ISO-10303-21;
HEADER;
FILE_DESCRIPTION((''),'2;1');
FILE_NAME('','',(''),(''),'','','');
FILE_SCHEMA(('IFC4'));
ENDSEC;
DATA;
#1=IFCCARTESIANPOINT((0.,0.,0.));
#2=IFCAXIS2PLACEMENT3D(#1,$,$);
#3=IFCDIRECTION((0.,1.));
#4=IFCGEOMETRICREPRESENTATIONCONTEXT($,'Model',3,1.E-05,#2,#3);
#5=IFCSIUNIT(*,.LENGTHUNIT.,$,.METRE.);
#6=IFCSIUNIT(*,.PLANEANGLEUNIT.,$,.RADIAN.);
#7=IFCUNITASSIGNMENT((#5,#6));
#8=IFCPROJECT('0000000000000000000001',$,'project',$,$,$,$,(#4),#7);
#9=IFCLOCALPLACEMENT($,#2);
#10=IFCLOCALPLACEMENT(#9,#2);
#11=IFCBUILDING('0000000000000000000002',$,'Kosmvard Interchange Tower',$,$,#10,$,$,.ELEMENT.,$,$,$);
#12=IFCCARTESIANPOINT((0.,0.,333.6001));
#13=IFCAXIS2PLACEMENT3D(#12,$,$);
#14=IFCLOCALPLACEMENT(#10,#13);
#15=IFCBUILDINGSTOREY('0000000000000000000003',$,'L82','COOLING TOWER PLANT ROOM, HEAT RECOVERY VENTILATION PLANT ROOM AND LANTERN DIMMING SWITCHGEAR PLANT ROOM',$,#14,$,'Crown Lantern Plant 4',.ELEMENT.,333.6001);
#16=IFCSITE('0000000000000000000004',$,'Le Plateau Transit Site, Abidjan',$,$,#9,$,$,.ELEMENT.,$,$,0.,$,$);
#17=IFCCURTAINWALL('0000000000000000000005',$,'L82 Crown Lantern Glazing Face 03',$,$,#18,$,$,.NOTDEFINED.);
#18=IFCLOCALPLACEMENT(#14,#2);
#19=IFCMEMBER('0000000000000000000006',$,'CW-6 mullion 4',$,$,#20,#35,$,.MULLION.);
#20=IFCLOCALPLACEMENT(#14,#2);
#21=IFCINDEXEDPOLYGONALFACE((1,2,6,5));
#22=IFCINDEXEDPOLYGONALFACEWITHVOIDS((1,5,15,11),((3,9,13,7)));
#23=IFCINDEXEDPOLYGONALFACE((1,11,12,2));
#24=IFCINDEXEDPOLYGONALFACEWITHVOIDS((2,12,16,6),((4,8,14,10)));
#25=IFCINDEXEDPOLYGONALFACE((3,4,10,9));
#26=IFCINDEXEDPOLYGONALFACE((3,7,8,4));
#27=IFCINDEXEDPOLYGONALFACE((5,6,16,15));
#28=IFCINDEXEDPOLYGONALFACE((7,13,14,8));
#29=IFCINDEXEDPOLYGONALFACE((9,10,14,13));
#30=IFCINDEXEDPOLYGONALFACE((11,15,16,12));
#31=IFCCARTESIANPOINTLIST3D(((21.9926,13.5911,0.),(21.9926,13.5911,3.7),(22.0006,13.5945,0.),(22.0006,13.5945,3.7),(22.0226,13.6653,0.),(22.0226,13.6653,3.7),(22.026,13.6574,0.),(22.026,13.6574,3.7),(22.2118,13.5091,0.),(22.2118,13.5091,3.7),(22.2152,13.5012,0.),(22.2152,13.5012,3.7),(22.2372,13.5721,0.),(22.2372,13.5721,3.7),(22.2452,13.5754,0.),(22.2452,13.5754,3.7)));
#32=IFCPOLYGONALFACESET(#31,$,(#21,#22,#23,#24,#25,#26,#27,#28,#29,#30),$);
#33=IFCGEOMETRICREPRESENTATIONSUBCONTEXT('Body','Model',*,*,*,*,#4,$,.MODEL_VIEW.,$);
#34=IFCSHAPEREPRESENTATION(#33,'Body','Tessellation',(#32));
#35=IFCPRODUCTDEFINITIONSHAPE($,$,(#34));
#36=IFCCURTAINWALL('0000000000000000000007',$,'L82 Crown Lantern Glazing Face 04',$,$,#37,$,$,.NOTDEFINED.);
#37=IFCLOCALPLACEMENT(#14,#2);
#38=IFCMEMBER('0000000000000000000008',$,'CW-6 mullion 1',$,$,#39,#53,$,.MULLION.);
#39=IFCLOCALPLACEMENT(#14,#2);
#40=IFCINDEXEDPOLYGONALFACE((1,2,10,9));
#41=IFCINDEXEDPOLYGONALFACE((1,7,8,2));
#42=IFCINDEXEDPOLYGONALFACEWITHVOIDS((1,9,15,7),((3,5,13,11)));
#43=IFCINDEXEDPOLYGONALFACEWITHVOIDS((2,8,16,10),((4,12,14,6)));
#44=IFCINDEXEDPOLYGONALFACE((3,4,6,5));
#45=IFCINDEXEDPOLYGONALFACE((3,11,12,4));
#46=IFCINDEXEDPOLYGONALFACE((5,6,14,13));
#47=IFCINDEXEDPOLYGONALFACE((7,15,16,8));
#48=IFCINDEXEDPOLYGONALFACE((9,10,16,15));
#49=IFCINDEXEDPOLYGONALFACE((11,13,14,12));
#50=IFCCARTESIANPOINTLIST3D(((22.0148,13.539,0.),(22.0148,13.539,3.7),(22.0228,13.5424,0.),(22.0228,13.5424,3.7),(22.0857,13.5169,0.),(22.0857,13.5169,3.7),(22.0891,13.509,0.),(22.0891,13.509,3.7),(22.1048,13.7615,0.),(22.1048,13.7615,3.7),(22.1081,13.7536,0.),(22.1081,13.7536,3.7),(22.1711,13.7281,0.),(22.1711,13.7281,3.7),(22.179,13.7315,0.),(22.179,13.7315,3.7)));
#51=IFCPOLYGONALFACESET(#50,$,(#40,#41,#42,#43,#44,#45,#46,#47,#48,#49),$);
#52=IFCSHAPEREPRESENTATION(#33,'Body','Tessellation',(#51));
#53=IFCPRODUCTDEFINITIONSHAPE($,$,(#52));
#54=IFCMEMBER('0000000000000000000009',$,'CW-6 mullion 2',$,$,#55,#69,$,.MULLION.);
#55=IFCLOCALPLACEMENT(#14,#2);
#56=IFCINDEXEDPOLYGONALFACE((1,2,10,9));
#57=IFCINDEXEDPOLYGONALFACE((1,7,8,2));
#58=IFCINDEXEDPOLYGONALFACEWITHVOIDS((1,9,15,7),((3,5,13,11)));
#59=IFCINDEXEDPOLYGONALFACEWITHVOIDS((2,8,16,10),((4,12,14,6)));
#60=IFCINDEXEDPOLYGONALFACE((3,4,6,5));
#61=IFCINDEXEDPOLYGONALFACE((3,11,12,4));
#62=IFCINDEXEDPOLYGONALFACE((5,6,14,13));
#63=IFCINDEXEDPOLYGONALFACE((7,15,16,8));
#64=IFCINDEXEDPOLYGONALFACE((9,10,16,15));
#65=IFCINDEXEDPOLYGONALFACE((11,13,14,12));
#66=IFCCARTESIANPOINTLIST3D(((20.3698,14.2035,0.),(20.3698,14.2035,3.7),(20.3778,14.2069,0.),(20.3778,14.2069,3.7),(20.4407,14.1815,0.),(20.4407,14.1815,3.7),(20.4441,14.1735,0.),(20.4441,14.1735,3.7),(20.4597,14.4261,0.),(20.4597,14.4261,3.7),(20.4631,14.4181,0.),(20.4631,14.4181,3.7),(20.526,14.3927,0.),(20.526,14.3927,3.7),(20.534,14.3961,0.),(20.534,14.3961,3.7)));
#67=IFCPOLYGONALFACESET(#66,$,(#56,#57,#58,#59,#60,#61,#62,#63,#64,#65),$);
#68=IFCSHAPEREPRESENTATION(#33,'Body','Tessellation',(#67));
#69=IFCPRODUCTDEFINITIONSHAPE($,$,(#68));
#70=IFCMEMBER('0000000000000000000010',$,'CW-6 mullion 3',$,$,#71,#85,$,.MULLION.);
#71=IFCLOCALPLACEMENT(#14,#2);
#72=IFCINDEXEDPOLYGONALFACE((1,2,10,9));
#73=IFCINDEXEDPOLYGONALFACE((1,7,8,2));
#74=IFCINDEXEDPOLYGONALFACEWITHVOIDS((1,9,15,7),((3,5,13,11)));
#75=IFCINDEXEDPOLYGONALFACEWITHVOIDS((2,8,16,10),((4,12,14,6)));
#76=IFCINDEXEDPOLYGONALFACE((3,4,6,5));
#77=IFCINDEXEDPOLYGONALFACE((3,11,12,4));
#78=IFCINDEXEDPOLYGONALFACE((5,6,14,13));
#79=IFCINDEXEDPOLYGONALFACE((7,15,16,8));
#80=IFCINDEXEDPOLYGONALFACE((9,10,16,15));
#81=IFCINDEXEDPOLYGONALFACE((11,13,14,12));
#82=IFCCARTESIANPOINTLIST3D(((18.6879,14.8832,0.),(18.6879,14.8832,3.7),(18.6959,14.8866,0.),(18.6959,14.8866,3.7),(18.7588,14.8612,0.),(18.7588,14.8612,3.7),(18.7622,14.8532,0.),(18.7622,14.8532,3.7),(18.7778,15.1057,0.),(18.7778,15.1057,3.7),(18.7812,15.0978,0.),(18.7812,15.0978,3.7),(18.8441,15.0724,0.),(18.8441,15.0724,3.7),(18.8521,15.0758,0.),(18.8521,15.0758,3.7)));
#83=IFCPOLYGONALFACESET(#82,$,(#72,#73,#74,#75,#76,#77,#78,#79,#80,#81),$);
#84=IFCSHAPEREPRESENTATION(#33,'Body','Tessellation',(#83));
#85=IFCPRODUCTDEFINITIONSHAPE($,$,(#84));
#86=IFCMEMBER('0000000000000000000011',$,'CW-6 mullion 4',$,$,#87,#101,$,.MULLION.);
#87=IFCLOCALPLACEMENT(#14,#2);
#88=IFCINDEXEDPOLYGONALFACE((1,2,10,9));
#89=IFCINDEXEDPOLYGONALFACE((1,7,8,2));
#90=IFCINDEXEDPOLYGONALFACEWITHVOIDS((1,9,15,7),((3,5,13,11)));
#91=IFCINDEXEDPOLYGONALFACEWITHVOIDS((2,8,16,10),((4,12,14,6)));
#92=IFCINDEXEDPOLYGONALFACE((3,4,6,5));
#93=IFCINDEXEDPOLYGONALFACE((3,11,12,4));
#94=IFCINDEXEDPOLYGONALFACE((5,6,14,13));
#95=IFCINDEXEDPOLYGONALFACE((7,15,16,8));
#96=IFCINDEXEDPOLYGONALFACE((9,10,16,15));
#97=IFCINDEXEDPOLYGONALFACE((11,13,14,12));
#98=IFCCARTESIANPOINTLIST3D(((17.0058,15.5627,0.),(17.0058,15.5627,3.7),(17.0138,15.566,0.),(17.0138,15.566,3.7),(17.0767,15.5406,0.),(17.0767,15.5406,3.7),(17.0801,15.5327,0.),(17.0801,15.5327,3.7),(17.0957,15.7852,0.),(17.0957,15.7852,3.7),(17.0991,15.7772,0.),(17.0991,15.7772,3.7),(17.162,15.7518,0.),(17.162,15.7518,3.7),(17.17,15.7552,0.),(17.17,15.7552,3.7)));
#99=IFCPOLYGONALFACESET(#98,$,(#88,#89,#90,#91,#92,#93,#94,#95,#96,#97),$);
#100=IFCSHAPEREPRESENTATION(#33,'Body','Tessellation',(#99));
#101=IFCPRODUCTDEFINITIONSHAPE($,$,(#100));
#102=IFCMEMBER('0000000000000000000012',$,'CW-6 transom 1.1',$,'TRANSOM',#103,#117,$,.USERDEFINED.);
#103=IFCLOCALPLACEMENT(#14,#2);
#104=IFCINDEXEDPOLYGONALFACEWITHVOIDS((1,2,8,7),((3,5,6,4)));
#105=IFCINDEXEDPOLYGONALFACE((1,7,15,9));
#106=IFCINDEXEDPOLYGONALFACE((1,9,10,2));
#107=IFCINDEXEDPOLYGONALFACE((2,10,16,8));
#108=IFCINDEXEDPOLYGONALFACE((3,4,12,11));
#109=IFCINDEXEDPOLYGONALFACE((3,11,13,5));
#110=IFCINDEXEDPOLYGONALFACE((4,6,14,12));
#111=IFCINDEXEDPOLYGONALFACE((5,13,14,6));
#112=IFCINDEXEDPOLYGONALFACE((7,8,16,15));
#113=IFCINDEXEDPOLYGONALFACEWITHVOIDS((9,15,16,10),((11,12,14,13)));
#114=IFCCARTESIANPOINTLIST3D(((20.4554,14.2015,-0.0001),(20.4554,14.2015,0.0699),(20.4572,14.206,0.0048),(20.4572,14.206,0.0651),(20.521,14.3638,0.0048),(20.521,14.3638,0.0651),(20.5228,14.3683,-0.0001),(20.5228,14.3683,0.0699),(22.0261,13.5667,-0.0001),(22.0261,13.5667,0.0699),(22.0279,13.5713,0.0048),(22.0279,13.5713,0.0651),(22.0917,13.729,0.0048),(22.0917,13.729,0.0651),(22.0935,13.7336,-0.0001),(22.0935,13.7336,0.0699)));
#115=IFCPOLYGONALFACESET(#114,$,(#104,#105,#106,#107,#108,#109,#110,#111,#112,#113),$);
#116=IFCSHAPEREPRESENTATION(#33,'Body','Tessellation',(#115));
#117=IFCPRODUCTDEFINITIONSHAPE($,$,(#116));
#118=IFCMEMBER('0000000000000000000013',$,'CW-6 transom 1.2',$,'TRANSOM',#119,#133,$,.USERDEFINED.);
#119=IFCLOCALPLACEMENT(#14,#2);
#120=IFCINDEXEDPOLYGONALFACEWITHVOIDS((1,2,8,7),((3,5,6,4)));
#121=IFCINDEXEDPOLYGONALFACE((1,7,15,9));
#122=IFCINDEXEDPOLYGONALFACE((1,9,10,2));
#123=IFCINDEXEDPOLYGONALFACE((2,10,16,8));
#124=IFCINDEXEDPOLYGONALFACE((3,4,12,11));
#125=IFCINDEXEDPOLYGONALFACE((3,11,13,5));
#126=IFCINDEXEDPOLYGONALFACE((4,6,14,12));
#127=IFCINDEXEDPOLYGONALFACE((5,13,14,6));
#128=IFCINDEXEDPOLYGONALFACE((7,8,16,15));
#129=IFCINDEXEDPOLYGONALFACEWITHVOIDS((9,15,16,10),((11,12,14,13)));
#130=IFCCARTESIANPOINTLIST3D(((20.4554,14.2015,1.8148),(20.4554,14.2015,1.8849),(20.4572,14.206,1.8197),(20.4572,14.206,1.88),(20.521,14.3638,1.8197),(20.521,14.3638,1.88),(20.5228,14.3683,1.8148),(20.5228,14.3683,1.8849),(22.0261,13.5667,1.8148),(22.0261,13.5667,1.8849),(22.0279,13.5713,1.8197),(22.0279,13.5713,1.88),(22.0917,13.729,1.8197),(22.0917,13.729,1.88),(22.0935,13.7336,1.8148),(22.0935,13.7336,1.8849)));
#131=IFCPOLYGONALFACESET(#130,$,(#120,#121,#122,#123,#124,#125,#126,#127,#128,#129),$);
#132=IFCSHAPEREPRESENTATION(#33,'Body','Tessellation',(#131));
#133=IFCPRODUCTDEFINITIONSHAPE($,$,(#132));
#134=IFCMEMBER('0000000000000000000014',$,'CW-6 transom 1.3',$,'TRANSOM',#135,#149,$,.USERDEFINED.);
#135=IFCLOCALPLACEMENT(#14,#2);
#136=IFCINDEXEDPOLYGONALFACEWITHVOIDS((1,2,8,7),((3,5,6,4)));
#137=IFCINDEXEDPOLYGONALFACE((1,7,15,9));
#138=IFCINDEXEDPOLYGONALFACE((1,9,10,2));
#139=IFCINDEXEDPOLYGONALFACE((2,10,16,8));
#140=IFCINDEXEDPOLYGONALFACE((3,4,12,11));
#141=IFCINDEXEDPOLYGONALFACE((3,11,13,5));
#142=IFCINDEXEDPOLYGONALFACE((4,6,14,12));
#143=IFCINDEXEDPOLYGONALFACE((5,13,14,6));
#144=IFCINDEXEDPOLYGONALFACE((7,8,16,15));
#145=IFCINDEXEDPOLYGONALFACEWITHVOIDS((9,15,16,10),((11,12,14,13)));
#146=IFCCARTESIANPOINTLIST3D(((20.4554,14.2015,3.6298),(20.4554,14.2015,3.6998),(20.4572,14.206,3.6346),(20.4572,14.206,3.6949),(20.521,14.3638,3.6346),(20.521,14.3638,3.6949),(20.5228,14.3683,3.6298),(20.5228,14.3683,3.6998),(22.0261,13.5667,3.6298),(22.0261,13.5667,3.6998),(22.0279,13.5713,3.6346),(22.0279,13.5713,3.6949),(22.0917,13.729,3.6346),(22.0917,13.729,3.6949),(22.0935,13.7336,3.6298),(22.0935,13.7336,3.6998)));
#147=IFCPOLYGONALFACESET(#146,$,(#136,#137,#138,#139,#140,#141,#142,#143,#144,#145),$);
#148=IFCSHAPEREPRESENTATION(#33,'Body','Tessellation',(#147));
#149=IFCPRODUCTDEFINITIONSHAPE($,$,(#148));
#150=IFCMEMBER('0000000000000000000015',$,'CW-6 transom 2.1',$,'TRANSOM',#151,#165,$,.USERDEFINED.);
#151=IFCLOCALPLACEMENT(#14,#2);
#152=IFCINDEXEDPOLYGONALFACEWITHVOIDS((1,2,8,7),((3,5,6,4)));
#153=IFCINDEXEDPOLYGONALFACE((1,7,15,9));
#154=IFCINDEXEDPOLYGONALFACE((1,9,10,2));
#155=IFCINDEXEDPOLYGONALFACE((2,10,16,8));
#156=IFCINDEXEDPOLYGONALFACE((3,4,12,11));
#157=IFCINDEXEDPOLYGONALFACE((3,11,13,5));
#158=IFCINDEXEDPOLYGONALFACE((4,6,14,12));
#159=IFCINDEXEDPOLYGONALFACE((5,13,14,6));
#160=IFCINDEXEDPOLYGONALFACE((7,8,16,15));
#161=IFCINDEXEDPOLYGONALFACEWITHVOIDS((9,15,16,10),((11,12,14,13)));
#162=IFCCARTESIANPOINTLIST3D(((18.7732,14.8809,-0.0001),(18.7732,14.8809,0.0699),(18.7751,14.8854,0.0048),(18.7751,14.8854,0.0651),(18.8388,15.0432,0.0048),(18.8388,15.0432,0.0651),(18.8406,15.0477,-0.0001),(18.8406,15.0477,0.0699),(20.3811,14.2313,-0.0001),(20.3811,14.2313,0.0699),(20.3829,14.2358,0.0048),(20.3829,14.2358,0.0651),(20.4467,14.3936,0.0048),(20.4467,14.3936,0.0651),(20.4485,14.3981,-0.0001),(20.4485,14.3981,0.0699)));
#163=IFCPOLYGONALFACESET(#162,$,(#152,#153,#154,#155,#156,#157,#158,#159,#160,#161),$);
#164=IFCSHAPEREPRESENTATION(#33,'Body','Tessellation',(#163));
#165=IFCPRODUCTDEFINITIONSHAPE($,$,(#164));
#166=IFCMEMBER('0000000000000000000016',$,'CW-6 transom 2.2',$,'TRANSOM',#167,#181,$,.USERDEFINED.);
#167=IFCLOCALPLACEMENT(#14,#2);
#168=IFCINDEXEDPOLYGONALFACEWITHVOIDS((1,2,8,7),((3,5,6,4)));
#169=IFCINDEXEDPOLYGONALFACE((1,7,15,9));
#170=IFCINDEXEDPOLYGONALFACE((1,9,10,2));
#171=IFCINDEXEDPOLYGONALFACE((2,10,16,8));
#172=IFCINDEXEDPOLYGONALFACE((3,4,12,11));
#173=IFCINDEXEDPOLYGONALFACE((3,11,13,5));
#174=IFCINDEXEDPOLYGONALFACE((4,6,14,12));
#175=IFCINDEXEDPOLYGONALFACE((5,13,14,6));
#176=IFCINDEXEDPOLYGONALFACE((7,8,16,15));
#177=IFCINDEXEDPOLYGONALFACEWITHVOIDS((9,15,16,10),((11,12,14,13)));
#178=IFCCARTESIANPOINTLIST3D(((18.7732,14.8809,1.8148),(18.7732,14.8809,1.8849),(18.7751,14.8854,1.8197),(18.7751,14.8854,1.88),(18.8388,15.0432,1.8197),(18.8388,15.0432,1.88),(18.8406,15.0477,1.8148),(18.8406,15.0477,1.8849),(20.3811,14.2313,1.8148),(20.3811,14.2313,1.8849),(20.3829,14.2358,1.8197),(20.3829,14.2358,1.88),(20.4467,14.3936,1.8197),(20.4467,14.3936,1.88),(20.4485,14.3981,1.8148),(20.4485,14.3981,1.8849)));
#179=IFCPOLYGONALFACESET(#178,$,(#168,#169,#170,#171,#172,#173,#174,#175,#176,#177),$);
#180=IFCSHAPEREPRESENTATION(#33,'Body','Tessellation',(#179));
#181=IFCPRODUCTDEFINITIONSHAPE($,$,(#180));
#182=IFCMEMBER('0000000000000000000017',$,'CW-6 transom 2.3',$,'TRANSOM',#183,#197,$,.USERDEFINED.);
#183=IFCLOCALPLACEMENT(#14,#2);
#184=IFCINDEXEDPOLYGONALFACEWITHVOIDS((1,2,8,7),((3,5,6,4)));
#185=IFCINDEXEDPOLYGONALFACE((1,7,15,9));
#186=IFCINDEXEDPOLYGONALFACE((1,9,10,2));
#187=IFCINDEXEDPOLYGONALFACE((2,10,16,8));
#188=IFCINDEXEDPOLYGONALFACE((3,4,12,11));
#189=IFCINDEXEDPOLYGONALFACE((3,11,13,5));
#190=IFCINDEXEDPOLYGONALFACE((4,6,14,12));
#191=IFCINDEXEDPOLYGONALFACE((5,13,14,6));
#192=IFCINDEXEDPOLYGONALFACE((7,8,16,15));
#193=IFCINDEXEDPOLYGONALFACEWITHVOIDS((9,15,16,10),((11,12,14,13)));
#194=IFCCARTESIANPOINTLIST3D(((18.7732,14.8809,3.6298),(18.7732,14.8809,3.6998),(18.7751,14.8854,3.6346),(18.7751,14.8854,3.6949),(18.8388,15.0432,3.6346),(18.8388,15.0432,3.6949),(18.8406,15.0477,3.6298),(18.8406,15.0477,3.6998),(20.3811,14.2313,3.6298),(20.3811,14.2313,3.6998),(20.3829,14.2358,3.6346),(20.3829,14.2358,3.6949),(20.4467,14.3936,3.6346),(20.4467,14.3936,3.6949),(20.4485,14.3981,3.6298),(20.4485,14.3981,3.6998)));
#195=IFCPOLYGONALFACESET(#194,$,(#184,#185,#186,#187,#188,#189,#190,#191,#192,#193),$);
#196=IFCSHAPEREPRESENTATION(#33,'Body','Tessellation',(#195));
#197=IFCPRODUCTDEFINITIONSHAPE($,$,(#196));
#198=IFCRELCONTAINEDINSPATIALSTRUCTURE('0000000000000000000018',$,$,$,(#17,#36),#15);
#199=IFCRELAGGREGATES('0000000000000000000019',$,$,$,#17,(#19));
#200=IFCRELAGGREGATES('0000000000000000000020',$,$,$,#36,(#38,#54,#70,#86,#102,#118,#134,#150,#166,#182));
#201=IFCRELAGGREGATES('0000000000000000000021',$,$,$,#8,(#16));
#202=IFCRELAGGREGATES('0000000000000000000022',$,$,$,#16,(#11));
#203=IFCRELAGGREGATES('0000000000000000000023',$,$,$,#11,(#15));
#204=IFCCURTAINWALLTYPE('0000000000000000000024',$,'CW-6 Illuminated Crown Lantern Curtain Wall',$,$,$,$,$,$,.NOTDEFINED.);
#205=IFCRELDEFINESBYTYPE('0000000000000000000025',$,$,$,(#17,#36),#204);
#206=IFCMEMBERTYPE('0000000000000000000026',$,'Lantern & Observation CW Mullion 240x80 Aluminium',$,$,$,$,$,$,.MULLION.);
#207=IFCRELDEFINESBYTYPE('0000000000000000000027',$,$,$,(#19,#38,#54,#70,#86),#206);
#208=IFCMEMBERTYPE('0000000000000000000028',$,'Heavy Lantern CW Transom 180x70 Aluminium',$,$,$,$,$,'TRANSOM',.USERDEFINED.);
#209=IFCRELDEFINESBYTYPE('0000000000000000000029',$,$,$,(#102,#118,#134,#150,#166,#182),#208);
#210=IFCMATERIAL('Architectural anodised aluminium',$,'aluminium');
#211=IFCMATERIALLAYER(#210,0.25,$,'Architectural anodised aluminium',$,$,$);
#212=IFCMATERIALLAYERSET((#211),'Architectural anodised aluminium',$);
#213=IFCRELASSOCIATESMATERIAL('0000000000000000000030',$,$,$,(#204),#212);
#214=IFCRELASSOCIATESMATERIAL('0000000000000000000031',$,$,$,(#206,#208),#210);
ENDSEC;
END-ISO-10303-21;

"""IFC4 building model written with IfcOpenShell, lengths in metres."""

from ifc_helpers import new_model, si_unit, direction, frame, origin, origin_2d, place, context, subcontext, project, spatial, hollow_rectangle, extrude, source, transform, mapped, material, layer, layer_set, material_profile, profile_set, type_object, element, aggregate, save


model = new_model("IFC4")

# Units and contexts
model_context = context("Model", 3, precision=1e-05, world=origin(), true_north=direction((0.0, 1.0)))
body_context = subcontext(model_context, "Body", "Model", "MODEL_VIEW")
ifc_project = project(units=[si_unit("LENGTHUNIT", "METRE"), si_unit("PLANEANGLEUNIT", "RADIAN")], contexts=[model_context])

# Site, building, storey
site_placement = place(None, origin())
site = spatial("IfcSite", under=ifc_project, at=site_placement, Name="Le Plateau Transit Site, Abidjan", CompositionType="ELEMENT", RefElevation=0.0)
building_placement = place(site_placement, origin())
building = spatial("IfcBuilding", under=site, at=building_placement, Name="Kosmvard Interchange Tower", CompositionType="ELEMENT")
storey_placement = place(building_placement, frame((0.0, 0.0, 333.6001)))
storey = spatial("IfcBuildingStorey", under=building, at=storey_placement, Name="L82", Description="COOLING TOWER PLANT ROOM, HEAT RECOVERY VENTILATION PLANT ROOM AND LANTERN DIMMING SWITCHGEAR PLANT ROOM", LongName="Crown Lantern Plant 4", CompositionType="ELEMENT", Elevation=333.6001)

# Curtain wall, member
ifc_material_1 = material(Name="Architectural anodised aluminium", Category="aluminium")
ifc_layer_1 = layer(ifc_material_1, 0.25, Name="Architectural anodised aluminium")
ifc_layer_set_1 = layer_set([ifc_layer_1], Name="Architectural anodised aluminium")
curtain_wall_type = type_object("IfcCurtainWallType", Name="CW-6 Illuminated Crown Lantern Curtain Wall", PredefinedType="NOTDEFINED", material=ifc_layer_set_1)
curtain_wall_1_placement = place(storey_placement, origin())
curtain_wall_1 = element("IfcCurtainWall", 1, at=curtain_wall_1_placement, inside=storey, type_object=curtain_wall_type, Name="L82 Crown Lantern Glazing Face 03", PredefinedType="NOTDEFINED")
ifc_material_profile_1 = material_profile(ifc_material_1, hollow_rectangle(XDim=0.24, YDim=0.0801, WallThickness=0.0061, at=origin_2d()), Name="CWM 240x80x6")
ifc_profile_set_1 = profile_set([ifc_material_profile_1], Name="Architectural anodised aluminium")
member_type_1 = type_object("IfcMemberType", Name="Lantern & Observation CW Mullion 240x80 Aluminium", PredefinedType="MULLION", material=ifc_profile_set_1)
shared_shape_1 = source(origin(), body_context, "Body", "SweptSolid", [
    extrude(hollow_rectangle(XDim=0.24, YDim=0.0801, WallThickness=0.0061, at=origin_2d()), origin(), (0.0, 0.0, 1.0), 3.7),
])
member_1_placement = place(storey_placement, frame((22.1189, 13.5833, 0.0), z_axis=(0.0, 0.0, 1.0), x_axis=(-0.927184, 0.374607, 0.0)))
member_1 = element("IfcMember", 2, at=member_1_placement, type_object=member_type_1, Name="CW-6 mullion 4", PredefinedType="MULLION", context=body_context, shape_type="MappedRepresentation", body=[
    mapped(shared_shape_1, transform((0.0, 0.0, 0.0), scale=1.0)),
])
aggregate(curtain_wall_1, [member_1])

# Curtain wall, members
curtain_wall_2_placement = place(storey_placement, origin())
curtain_wall_2 = element("IfcCurtainWall", 3, at=curtain_wall_2_placement, inside=storey, type_object=curtain_wall_type, Name="L82 Crown Lantern Glazing Face 04", PredefinedType="NOTDEFINED")
member_2_placement = place(storey_placement, frame((22.0969, 13.6353, 0.0), z_axis=(0.0, 0.0, 1.0), x_axis=(-0.374607, -0.927184, 0.0)))
member_2 = element("IfcMember", 4, at=member_2_placement, type_object=member_type_1, Name="CW-6 mullion 1", PredefinedType="MULLION", context=body_context, shape_type="MappedRepresentation", body=[
    mapped(shared_shape_1, transform((0.0, 0.0, 0.0), scale=1.0)),
])
member_3_placement = place(storey_placement, frame((20.4519, 14.2998, 0.0), z_axis=(0.0, 0.0, 1.0), x_axis=(-0.374607, -0.927184, 0.0)))
member_3 = element("IfcMember", 5, at=member_3_placement, type_object=member_type_1, Name="CW-6 mullion 2", PredefinedType="MULLION", context=body_context, shape_type="MappedRepresentation", body=[
    mapped(shared_shape_1, transform((0.0, 0.0, 0.0), scale=1.0)),
])
member_4_placement = place(storey_placement, frame((18.77, 14.9795, 0.0), z_axis=(0.0, 0.0, 1.0), x_axis=(-0.374607, -0.927184, 0.0)))
member_4 = element("IfcMember", 6, at=member_4_placement, type_object=member_type_1, Name="CW-6 mullion 3", PredefinedType="MULLION", context=body_context, shape_type="MappedRepresentation", body=[
    mapped(shared_shape_1, transform((0.0, 0.0, 0.0), scale=1.0)),
])
member_5_placement = place(storey_placement, frame((17.0879, 15.6589, 0.0), z_axis=(0.0, 0.0, 1.0), x_axis=(-0.374607, -0.927184, 0.0)))
member_5 = element("IfcMember", 7, at=member_5_placement, type_object=member_type_1, Name="CW-6 mullion 4", PredefinedType="MULLION", context=body_context, shape_type="MappedRepresentation", body=[
    mapped(shared_shape_1, transform((0.0, 0.0, 0.0), scale=1.0)),
])
ifc_material_profile_2 = material_profile(ifc_material_1, hollow_rectangle(XDim=0.1799, YDim=0.0701, WallThickness=0.0049, at=origin_2d()), Name="CWT 180x70x5")
ifc_profile_set_2 = profile_set([ifc_material_profile_2], Name="Architectural anodised aluminium")
member_type_2 = type_object("IfcMemberType", Name="Heavy Lantern CW Transom 180x70 Aluminium", ElementType="TRANSOM", PredefinedType="USERDEFINED", material=ifc_profile_set_2)
shared_shape_2 = source(origin(), body_context, "Body", "SweptSolid", [
    extrude(hollow_rectangle(XDim=0.1799, YDim=0.0701, WallThickness=0.0049, at=origin_2d()), origin(), (0.0, 0.0, 1.0), 1.6941),
])
member_6_placement = place(storey_placement, frame((22.0598, 13.6501, 0.0349), z_axis=(-0.927159, 0.374668, 0.0), x_axis=(-0.374668, -0.927159, 0.0)))
member_6 = element("IfcMember", 8, at=member_6_placement, type_object=member_type_2, Name="CW-6 transom 1.1", ObjectType="TRANSOM", PredefinedType="USERDEFINED", context=body_context, shape_type="MappedRepresentation", body=[
    mapped(shared_shape_2, transform((0.0, 0.0, 0.0), scale=1.0)),
])
member_7_placement = place(storey_placement, frame((22.0598, 13.6501, 1.8499), z_axis=(-0.927159, 0.374668, 0.0), x_axis=(-0.374668, -0.927159, 0.0)))
member_7 = element("IfcMember", 9, at=member_7_placement, type_object=member_type_2, Name="CW-6 transom 1.2", ObjectType="TRANSOM", PredefinedType="USERDEFINED", context=body_context, shape_type="MappedRepresentation", body=[
    mapped(shared_shape_2, transform((0.0, 0.0, 0.0), scale=1.0)),
])
member_8_placement = place(storey_placement, frame((22.0598, 13.6501, 3.6648), z_axis=(-0.927159, 0.374668, 0.0), x_axis=(-0.374668, -0.927159, 0.0)))
member_8 = element("IfcMember", 10, at=member_8_placement, type_object=member_type_2, Name="CW-6 transom 1.3", ObjectType="TRANSOM", PredefinedType="USERDEFINED", context=body_context, shape_type="MappedRepresentation", body=[
    mapped(shared_shape_2, transform((0.0, 0.0, 0.0), scale=1.0)),
])
shared_shape_3 = source(origin(), body_context, "Body", "SweptSolid", [
    extrude(hollow_rectangle(XDim=0.1799, YDim=0.0701, WallThickness=0.0049, at=origin_2d()), origin(), (0.0, 0.0, 1.0), 1.7341),
])
member_9_placement = place(storey_placement, frame((20.4148, 14.3147, 0.0349), z_axis=(-0.92718, 0.374617, 0.0), x_axis=(-0.374617, -0.92718, 0.0)))
member_9 = element("IfcMember", 11, at=member_9_placement, type_object=member_type_2, Name="CW-6 transom 2.1", ObjectType="TRANSOM", PredefinedType="USERDEFINED", context=body_context, shape_type="MappedRepresentation", body=[
    mapped(shared_shape_3, transform((0.0, 0.0, 0.0), scale=1.0)),
])
member_10_placement = place(storey_placement, frame((20.4148, 14.3147, 1.8499), z_axis=(-0.92718, 0.374617, 0.0), x_axis=(-0.374617, -0.92718, 0.0)))
member_10 = element("IfcMember", 12, at=member_10_placement, type_object=member_type_2, Name="CW-6 transom 2.2", ObjectType="TRANSOM", PredefinedType="USERDEFINED", context=body_context, shape_type="MappedRepresentation", body=[
    mapped(shared_shape_3, transform((0.0, 0.0, 0.0), scale=1.0)),
])
member_11_placement = place(storey_placement, frame((20.4148, 14.3147, 3.6648), z_axis=(-0.92718, 0.374617, 0.0), x_axis=(-0.374617, -0.92718, 0.0)))
member_11 = element("IfcMember", 13, at=member_11_placement, type_object=member_type_2, Name="CW-6 transom 2.3", ObjectType="TRANSOM", PredefinedType="USERDEFINED", context=body_context, shape_type="MappedRepresentation", body=[
    mapped(shared_shape_3, transform((0.0, 0.0, 0.0), scale=1.0)),
])
aggregate(curtain_wall_2, [member_2, member_3, member_4, member_5, member_6, member_7, member_8, member_9, member_10, member_11])

save(model, "model.ifc")
